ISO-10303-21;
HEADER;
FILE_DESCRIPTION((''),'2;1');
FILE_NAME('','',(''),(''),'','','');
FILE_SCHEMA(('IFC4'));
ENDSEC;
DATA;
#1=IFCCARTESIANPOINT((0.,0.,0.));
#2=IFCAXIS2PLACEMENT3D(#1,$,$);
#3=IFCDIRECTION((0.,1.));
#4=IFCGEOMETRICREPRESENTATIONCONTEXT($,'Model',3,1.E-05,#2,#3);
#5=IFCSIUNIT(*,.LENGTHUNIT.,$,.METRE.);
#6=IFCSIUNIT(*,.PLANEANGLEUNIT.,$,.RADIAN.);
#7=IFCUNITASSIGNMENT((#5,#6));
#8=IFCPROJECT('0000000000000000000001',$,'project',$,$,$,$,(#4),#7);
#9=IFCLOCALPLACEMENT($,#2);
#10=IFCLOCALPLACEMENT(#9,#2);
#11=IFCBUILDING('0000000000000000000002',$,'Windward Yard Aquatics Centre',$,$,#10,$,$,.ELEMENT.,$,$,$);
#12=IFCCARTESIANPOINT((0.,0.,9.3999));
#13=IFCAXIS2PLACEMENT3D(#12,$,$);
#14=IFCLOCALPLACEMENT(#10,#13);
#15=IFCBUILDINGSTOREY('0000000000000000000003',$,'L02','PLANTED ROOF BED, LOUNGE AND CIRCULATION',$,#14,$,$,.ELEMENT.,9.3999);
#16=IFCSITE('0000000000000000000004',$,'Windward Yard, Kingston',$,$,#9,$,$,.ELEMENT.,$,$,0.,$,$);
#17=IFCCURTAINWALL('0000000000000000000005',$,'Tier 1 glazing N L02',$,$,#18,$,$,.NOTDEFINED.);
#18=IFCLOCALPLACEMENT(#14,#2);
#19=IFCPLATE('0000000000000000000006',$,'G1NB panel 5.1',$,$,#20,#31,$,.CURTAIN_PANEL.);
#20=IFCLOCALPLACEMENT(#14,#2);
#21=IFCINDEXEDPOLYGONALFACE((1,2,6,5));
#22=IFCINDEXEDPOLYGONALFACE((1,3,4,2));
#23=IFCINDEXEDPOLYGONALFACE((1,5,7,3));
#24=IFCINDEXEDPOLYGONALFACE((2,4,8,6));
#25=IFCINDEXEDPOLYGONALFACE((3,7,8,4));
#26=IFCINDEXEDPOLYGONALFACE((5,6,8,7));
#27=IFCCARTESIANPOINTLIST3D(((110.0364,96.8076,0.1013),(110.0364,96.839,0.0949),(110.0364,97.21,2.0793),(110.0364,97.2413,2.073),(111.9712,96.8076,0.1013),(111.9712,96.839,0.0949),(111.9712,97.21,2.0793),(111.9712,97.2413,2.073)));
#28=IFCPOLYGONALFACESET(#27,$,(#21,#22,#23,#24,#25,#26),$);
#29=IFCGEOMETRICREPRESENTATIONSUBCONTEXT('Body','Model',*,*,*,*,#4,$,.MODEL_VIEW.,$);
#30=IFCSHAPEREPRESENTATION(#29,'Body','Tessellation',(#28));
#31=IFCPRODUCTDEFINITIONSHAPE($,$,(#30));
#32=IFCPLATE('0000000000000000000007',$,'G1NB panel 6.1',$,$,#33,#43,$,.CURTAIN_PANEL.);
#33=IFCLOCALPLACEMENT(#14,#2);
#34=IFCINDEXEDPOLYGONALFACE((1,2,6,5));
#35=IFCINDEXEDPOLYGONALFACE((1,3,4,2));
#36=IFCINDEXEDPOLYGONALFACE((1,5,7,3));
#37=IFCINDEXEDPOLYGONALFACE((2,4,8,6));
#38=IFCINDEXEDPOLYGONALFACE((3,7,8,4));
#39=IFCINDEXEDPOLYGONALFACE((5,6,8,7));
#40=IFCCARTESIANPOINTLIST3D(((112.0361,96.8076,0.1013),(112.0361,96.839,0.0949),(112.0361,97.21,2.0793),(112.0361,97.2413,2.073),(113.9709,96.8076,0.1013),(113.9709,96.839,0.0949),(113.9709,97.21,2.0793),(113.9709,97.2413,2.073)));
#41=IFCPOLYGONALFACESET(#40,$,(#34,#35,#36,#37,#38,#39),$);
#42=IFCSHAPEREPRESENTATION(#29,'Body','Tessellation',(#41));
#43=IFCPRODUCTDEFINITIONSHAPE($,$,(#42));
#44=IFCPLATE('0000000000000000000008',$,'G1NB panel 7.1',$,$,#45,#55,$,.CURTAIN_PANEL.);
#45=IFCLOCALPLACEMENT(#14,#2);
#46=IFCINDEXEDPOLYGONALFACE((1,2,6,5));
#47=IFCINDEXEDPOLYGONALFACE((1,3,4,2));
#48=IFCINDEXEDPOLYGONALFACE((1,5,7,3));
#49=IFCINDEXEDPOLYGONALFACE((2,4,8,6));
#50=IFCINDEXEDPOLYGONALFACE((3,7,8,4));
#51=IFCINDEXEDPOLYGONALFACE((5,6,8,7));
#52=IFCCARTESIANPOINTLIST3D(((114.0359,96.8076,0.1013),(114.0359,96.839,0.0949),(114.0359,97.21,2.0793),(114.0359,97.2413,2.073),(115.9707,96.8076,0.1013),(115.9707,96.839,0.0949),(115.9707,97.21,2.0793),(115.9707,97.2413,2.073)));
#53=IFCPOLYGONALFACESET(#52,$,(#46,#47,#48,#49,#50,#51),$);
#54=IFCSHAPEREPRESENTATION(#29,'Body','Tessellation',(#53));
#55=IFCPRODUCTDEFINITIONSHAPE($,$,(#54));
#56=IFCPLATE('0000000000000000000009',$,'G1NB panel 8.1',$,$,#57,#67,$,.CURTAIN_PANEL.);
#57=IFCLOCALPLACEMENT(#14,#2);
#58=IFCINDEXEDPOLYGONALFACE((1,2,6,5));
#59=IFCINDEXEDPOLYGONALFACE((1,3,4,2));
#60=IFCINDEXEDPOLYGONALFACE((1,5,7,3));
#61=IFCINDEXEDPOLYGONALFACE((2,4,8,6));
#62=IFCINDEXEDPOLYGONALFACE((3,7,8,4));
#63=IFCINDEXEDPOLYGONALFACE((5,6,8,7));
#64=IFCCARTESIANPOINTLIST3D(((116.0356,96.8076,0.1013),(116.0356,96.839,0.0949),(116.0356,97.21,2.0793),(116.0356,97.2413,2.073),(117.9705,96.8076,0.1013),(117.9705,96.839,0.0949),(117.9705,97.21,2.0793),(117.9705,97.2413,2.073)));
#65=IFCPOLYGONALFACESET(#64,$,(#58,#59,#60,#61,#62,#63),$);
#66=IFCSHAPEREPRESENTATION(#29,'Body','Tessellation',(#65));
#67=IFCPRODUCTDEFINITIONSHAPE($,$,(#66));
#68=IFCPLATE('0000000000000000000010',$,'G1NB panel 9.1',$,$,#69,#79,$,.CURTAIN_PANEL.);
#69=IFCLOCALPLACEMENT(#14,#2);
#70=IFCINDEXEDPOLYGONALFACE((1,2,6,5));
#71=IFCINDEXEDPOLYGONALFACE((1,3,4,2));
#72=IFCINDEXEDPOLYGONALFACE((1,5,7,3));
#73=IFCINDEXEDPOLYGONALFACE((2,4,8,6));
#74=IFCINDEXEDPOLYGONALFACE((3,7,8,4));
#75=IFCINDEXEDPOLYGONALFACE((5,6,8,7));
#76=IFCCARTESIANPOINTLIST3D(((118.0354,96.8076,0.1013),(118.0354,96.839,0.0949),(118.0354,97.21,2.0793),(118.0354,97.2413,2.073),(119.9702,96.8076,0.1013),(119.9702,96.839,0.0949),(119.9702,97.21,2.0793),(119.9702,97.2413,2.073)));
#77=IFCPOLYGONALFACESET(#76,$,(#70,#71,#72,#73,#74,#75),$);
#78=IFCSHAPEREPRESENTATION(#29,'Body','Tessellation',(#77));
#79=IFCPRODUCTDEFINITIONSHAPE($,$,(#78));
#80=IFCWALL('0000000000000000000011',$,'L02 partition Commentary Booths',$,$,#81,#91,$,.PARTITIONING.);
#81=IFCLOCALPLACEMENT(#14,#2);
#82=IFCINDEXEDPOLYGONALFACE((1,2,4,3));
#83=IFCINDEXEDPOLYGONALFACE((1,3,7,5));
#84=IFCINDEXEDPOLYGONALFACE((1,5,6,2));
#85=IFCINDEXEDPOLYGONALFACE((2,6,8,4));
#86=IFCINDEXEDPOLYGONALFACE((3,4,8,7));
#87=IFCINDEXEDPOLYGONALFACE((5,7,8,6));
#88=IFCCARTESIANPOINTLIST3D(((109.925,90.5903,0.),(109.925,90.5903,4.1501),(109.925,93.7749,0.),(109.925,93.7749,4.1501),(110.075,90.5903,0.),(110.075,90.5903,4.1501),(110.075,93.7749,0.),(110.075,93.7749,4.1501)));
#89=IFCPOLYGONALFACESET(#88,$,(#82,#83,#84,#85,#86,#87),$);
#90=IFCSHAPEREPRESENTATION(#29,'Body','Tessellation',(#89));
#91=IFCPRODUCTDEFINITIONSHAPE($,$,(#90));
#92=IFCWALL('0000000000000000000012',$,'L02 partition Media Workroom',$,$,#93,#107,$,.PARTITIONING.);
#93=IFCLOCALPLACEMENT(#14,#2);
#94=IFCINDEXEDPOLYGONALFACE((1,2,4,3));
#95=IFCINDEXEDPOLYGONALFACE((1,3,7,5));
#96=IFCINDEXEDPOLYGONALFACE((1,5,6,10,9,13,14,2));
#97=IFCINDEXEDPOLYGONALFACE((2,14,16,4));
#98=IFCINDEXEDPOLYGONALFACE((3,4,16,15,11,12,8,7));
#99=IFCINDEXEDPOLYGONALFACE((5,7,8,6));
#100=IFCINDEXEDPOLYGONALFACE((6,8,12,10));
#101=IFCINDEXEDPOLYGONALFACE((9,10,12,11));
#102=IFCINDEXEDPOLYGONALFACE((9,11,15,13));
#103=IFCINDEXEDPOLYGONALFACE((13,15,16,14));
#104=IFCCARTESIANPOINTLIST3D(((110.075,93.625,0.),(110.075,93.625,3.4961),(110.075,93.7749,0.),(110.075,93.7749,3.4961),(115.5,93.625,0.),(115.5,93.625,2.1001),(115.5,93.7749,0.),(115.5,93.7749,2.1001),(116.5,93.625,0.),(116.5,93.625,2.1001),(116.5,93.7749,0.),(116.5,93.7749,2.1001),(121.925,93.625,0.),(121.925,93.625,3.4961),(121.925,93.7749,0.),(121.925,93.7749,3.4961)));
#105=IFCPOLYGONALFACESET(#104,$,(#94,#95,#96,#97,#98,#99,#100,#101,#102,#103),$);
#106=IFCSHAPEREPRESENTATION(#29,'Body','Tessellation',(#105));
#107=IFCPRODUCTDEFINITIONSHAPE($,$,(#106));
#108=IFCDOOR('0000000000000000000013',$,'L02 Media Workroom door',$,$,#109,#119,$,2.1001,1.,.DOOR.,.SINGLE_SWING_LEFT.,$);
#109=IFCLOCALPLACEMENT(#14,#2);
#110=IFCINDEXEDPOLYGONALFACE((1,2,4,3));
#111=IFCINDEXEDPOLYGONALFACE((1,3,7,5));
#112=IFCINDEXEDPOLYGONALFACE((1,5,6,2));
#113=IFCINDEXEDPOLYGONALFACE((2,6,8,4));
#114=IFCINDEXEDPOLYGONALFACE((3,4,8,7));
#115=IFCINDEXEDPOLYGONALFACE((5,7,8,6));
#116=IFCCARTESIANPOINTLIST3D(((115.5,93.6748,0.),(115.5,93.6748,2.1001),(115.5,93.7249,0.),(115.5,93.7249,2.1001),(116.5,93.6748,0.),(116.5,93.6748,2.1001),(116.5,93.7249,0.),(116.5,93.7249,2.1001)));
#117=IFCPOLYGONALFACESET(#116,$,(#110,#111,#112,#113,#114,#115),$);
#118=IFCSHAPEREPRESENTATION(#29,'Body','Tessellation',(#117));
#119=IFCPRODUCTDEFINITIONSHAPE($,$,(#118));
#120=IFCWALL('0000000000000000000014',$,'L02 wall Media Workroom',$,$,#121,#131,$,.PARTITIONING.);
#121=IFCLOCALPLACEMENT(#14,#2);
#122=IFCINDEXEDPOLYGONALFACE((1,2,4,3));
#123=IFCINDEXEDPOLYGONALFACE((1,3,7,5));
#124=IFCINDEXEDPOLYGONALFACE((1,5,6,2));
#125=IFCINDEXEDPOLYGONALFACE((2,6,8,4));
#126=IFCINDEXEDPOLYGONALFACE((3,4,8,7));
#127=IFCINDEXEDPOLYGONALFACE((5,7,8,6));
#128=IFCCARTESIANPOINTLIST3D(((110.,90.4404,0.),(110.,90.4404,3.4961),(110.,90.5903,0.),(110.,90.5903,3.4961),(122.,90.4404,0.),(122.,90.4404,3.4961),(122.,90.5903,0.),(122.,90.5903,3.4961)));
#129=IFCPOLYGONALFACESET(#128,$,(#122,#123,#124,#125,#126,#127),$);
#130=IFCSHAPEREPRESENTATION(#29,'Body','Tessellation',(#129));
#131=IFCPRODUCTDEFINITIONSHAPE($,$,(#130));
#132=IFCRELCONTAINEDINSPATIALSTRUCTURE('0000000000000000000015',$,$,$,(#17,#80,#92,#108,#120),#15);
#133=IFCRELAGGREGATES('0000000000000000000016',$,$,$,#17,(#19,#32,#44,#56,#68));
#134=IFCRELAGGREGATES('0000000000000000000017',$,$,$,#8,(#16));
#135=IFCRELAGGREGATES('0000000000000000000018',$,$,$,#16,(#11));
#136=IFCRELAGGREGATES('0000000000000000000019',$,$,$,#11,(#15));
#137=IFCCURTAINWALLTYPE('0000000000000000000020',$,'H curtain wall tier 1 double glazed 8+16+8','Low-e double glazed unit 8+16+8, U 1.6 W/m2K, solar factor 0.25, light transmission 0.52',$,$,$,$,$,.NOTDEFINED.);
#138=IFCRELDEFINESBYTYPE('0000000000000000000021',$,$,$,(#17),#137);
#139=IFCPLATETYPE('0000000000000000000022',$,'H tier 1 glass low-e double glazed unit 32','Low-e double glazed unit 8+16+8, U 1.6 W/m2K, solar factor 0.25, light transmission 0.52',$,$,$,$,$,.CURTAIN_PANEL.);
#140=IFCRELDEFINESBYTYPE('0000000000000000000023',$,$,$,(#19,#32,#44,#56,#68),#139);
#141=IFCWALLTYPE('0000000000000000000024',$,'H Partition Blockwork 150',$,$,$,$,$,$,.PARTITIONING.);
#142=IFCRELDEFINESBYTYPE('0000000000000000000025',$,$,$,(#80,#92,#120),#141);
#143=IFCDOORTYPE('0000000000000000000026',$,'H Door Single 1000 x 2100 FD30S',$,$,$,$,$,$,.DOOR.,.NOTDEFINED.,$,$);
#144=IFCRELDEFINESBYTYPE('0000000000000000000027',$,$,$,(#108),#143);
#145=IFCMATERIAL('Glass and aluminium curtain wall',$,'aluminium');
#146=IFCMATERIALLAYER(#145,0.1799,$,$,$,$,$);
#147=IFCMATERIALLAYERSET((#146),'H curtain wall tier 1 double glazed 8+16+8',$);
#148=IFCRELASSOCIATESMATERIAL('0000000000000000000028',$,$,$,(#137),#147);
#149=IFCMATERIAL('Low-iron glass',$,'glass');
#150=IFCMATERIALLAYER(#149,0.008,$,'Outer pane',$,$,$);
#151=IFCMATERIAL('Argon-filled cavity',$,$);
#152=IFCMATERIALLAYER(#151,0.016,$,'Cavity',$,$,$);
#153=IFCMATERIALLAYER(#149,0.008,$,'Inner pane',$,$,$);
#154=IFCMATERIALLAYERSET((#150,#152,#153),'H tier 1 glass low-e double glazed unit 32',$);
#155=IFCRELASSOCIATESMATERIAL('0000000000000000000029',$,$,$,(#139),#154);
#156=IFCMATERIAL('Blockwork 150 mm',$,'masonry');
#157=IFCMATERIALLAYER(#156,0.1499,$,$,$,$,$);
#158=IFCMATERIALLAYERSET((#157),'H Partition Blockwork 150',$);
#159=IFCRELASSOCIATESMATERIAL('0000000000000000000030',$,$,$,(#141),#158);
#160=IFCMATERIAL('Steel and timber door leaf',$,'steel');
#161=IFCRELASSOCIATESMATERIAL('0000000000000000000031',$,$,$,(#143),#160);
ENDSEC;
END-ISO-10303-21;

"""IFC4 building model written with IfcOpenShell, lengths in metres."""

from ifc_helpers import new_model, si_unit, direction, frame, frame_2d, origin, place, context, subcontext, project, spatial, polyline, rectangle, outline, extrude, material, layer, layer_set, type_object, element, fill, aggregate, save


model = new_model("IFC4")

# Units and contexts
model_context = context("Model", 3, precision=1e-05, world=origin(), true_north=direction((0.0, 1.0)))
body_context = subcontext(model_context, "Body", "Model", "MODEL_VIEW")
ifc_project = project(units=[si_unit("LENGTHUNIT", "METRE"), si_unit("PLANEANGLEUNIT", "RADIAN")], contexts=[model_context])

# Site, building, storey
site_placement = place(None, origin())
site = spatial("IfcSite", under=ifc_project, at=site_placement, Name="Windward Yard, Kingston", CompositionType="ELEMENT", RefElevation=0.0)
building_placement = place(site_placement, origin())
building = spatial("IfcBuilding", under=site, at=building_placement, Name="Windward Yard Aquatics Centre", CompositionType="ELEMENT")
storey_placement = place(building_placement, frame((0.0, 0.0, 9.3999)))
storey = spatial("IfcBuildingStorey", under=building, at=storey_placement, Name="L02", Description="PLANTED ROOF BED, LOUNGE AND CIRCULATION", CompositionType="ELEMENT", Elevation=9.3999)

# Shared definitions
ifc_material_1 = material(Name="Glass and aluminium curtain wall", Category="aluminium")
ifc_layer_1 = layer(ifc_material_1, 0.1799)
ifc_layer_set_1 = layer_set([ifc_layer_1], Name="H curtain wall tier 1 double glazed 8+16+8")
curtain_wall_type = type_object("IfcCurtainWallType", Name="H curtain wall tier 1 double glazed 8+16+8", Description="Low-e double glazed unit 8+16+8, U 1.6 W/m2K, solar factor 0.25, light transmission 0.52", PredefinedType="NOTDEFINED", material=ifc_layer_set_1)

# Curtain wall
curtain_wall_1_placement = place(storey_placement, origin())
curtain_wall_1 = element("IfcCurtainWall", 1, at=curtain_wall_1_placement, inside=storey, type_object=curtain_wall_type, Name="Tier 1 glazing N L02", PredefinedType="NOTDEFINED")

# Plates
ifc_material_2 = material(Name="Low-iron glass", Category="glass")
ifc_layer_2 = layer(ifc_material_2, 0.008, Name="Outer pane")
ifc_material_3 = material(Name="Argon-filled cavity")
ifc_layer_3 = layer(ifc_material_3, 0.016, Name="Cavity")
ifc_layer_4 = layer(ifc_material_2, 0.008, Name="Inner pane")
ifc_layer_set_2 = layer_set([ifc_layer_2, ifc_layer_3, ifc_layer_4], Name="H tier 1 glass low-e double glazed unit 32")
plate_type = type_object("IfcPlateType", Name="H tier 1 glass low-e double glazed unit 32", Description="Low-e double glazed unit 8+16+8, U 1.6 W/m2K, solar factor 0.25, light transmission 0.52", PredefinedType="CURTAIN_PANEL", material=ifc_layer_set_2)
plate_1_placement = place(storey_placement, frame((110.0364, 96.8076, 0.1013), z_axis=(0.0, -0.979933, 0.199325), x_axis=(1.0, 0.0, 0.0)))
plate_1 = element("IfcPlate", 2, at=plate_1_placement, type_object=plate_type, Name="G1NB panel 5.1", PredefinedType="CURTAIN_PANEL", context=body_context, shape_type="SweptSolid", body=[
    extrude(outline(polyline([(0.0, 0.0), (1.9348, 0.0), (1.9348, 2.0185), (0.0, 2.0185), (0.0, 0.0)])), origin(), (0.0, 0.0, -1.0), 0.032),
])
plate_2_placement = place(storey_placement, frame((112.0361, 96.8076, 0.1013), z_axis=(0.0, -0.979933, 0.199325), x_axis=(1.0, 0.0, 0.0)))
plate_2 = element("IfcPlate", 3, at=plate_2_placement, type_object=plate_type, Name="G1NB panel 6.1", PredefinedType="CURTAIN_PANEL", context=body_context, shape_type="SweptSolid", body=[
    extrude(outline(polyline([(0.0, 0.0), (1.9348, 0.0), (1.9348, 2.0185), (0.0, 2.0185), (0.0, 0.0)])), origin(), (0.0, 0.0, -1.0), 0.032),
])
plate_3_placement = place(storey_placement, frame((114.0359, 96.8076, 0.1013), z_axis=(0.0, -0.979933, 0.199325), x_axis=(1.0, 0.0, 0.0)))
plate_3 = element("IfcPlate", 4, at=plate_3_placement, type_object=plate_type, Name="G1NB panel 7.1", PredefinedType="CURTAIN_PANEL", context=body_context, shape_type="SweptSolid", body=[
    extrude(outline(polyline([(0.0, 0.0), (1.9348, 0.0), (1.9348, 2.0185), (0.0, 2.0185), (0.0, 0.0)])), origin(), (0.0, 0.0, -1.0), 0.032),
])
plate_4_placement = place(storey_placement, frame((116.0356, 96.8076, 0.1013), z_axis=(0.0, -0.979933, 0.199325), x_axis=(1.0, 0.0, 0.0)))
plate_4 = element("IfcPlate", 5, at=plate_4_placement, type_object=plate_type, Name="G1NB panel 8.1", PredefinedType="CURTAIN_PANEL", context=body_context, shape_type="SweptSolid", body=[
    extrude(outline(polyline([(0.0, 0.0), (1.9348, 0.0), (1.9348, 2.0185), (0.0, 2.0185), (0.0, 0.0)])), origin(), (0.0, 0.0, -1.0), 0.032),
])
plate_5_placement = place(storey_placement, frame((118.0354, 96.8076, 0.1013), z_axis=(0.0, -0.979933, 0.199325), x_axis=(1.0, 0.0, 0.0)))
plate_5 = element("IfcPlate", 6, at=plate_5_placement, type_object=plate_type, Name="G1NB panel 9.1", PredefinedType="CURTAIN_PANEL", context=body_context, shape_type="SweptSolid", body=[
    extrude(outline(polyline([(0.0, 0.0), (1.9348, 0.0), (1.9348, 2.0185), (0.0, 2.0185), (0.0, 0.0)])), origin(), (0.0, 0.0, -1.0), 0.032),
])
aggregate(curtain_wall_1, [plate_1, plate_2, plate_3, plate_4, plate_5])

# Wall
ifc_material_4 = material(Name="Blockwork 150 mm", Category="masonry")
ifc_layer_5 = layer(ifc_material_4, 0.1499)
ifc_layer_set_3 = layer_set([ifc_layer_5], Name="H Partition Blockwork 150")
wall_type = type_object("IfcWallType", Name="H Partition Blockwork 150", PredefinedType="PARTITIONING", material=ifc_layer_set_3)
wall_1_placement = place(storey_placement, frame((110.0, 90.5903, 0.0), z_axis=(0.0, 0.0, 1.0), x_axis=(0.0, 1.0, 0.0)))
element("IfcWall", 7, at=wall_1_placement, inside=storey, type_object=wall_type, Name="L02 partition Commentary Booths", PredefinedType="PARTITIONING", context=body_context, shape_type="SweptSolid", body=[
    extrude(rectangle(XDim=3.1846, YDim=0.1499, at=frame_2d((1.5923, 0.0))), origin(), (0.0, 0.0, 1.0), 4.1501),
])

# Wall, opening, door
wall_2_placement = place(storey_placement, frame((110.075, 93.7, 0.0), z_axis=(0.0, 0.0, 1.0), x_axis=(1.0, 0.0, 0.0)))
wall_2 = element("IfcWall", 8, at=wall_2_placement, inside=storey, type_object=wall_type, Name="L02 partition Media Workroom", PredefinedType="PARTITIONING", context=body_context, shape_type="SweptSolid", body=[
    extrude(rectangle(XDim=11.8501, YDim=0.1499, at=frame_2d((5.925, 0.0))), origin(), (0.0, 0.0, 1.0), 3.4961),
])
opening_placement = place(wall_2_placement, frame((5.425, 0.0, 0.0)))
opening = element("IfcOpeningElement", 9, at=opening_placement, cuts=wall_2, PredefinedType="OPENING", context=body_context, shape_type="SweptSolid", body=[
    extrude(rectangle(XDim=1.0, YDim=2.1001, at=frame_2d((0.5, 1.05))), frame((0.0, 0.085, 0.0), z_axis=(0.0, -1.0, 0.0), x_axis=(1.0, 0.0, 0.0)), (0.0, 0.0, 1.0), 0.1699),
])
ifc_material_5 = material(Name="Steel and timber door leaf", Category="steel")
door_type = type_object("IfcDoorType", Name="H Door Single 1000 x 2100 FD30S", OperationType="NOTDEFINED", PredefinedType="DOOR", material=ifc_material_5)
door_placement = place(opening_placement, origin())
door = element("IfcDoor", 10, at=door_placement, inside=storey, type_object=door_type, Name="L02 Media Workroom door", OperationType="SINGLE_SWING_LEFT", OverallHeight=2.1001, OverallWidth=1.0, PredefinedType="DOOR", context=body_context, shape_type="SweptSolid", body=[
    extrude(rectangle(XDim=1.0, YDim=2.1001, at=frame_2d((0.5, 1.05))), frame((0.0, 0.0249, 0.0), z_axis=(0.0, -1.0, 0.0), x_axis=(1.0, 0.0, 0.0)), (0.0, 0.0, 1.0), 0.05),
])
fill(opening, door)

# Wall
wall_3_placement = place(storey_placement, frame((110.0, 90.5154, 0.0), z_axis=(0.0, 0.0, 1.0), x_axis=(1.0, 0.0, 0.0)))
element("IfcWall", 11, at=wall_3_placement, inside=storey, type_object=wall_type, Name="L02 wall Media Workroom", PredefinedType="PARTITIONING", context=body_context, shape_type="SweptSolid", body=[
    extrude(rectangle(XDim=12.0, YDim=0.1499, at=frame_2d((6.0, 0.0))), origin(), (0.0, 0.0, 1.0), 3.4961),
])

save(model, "model.ifc")
